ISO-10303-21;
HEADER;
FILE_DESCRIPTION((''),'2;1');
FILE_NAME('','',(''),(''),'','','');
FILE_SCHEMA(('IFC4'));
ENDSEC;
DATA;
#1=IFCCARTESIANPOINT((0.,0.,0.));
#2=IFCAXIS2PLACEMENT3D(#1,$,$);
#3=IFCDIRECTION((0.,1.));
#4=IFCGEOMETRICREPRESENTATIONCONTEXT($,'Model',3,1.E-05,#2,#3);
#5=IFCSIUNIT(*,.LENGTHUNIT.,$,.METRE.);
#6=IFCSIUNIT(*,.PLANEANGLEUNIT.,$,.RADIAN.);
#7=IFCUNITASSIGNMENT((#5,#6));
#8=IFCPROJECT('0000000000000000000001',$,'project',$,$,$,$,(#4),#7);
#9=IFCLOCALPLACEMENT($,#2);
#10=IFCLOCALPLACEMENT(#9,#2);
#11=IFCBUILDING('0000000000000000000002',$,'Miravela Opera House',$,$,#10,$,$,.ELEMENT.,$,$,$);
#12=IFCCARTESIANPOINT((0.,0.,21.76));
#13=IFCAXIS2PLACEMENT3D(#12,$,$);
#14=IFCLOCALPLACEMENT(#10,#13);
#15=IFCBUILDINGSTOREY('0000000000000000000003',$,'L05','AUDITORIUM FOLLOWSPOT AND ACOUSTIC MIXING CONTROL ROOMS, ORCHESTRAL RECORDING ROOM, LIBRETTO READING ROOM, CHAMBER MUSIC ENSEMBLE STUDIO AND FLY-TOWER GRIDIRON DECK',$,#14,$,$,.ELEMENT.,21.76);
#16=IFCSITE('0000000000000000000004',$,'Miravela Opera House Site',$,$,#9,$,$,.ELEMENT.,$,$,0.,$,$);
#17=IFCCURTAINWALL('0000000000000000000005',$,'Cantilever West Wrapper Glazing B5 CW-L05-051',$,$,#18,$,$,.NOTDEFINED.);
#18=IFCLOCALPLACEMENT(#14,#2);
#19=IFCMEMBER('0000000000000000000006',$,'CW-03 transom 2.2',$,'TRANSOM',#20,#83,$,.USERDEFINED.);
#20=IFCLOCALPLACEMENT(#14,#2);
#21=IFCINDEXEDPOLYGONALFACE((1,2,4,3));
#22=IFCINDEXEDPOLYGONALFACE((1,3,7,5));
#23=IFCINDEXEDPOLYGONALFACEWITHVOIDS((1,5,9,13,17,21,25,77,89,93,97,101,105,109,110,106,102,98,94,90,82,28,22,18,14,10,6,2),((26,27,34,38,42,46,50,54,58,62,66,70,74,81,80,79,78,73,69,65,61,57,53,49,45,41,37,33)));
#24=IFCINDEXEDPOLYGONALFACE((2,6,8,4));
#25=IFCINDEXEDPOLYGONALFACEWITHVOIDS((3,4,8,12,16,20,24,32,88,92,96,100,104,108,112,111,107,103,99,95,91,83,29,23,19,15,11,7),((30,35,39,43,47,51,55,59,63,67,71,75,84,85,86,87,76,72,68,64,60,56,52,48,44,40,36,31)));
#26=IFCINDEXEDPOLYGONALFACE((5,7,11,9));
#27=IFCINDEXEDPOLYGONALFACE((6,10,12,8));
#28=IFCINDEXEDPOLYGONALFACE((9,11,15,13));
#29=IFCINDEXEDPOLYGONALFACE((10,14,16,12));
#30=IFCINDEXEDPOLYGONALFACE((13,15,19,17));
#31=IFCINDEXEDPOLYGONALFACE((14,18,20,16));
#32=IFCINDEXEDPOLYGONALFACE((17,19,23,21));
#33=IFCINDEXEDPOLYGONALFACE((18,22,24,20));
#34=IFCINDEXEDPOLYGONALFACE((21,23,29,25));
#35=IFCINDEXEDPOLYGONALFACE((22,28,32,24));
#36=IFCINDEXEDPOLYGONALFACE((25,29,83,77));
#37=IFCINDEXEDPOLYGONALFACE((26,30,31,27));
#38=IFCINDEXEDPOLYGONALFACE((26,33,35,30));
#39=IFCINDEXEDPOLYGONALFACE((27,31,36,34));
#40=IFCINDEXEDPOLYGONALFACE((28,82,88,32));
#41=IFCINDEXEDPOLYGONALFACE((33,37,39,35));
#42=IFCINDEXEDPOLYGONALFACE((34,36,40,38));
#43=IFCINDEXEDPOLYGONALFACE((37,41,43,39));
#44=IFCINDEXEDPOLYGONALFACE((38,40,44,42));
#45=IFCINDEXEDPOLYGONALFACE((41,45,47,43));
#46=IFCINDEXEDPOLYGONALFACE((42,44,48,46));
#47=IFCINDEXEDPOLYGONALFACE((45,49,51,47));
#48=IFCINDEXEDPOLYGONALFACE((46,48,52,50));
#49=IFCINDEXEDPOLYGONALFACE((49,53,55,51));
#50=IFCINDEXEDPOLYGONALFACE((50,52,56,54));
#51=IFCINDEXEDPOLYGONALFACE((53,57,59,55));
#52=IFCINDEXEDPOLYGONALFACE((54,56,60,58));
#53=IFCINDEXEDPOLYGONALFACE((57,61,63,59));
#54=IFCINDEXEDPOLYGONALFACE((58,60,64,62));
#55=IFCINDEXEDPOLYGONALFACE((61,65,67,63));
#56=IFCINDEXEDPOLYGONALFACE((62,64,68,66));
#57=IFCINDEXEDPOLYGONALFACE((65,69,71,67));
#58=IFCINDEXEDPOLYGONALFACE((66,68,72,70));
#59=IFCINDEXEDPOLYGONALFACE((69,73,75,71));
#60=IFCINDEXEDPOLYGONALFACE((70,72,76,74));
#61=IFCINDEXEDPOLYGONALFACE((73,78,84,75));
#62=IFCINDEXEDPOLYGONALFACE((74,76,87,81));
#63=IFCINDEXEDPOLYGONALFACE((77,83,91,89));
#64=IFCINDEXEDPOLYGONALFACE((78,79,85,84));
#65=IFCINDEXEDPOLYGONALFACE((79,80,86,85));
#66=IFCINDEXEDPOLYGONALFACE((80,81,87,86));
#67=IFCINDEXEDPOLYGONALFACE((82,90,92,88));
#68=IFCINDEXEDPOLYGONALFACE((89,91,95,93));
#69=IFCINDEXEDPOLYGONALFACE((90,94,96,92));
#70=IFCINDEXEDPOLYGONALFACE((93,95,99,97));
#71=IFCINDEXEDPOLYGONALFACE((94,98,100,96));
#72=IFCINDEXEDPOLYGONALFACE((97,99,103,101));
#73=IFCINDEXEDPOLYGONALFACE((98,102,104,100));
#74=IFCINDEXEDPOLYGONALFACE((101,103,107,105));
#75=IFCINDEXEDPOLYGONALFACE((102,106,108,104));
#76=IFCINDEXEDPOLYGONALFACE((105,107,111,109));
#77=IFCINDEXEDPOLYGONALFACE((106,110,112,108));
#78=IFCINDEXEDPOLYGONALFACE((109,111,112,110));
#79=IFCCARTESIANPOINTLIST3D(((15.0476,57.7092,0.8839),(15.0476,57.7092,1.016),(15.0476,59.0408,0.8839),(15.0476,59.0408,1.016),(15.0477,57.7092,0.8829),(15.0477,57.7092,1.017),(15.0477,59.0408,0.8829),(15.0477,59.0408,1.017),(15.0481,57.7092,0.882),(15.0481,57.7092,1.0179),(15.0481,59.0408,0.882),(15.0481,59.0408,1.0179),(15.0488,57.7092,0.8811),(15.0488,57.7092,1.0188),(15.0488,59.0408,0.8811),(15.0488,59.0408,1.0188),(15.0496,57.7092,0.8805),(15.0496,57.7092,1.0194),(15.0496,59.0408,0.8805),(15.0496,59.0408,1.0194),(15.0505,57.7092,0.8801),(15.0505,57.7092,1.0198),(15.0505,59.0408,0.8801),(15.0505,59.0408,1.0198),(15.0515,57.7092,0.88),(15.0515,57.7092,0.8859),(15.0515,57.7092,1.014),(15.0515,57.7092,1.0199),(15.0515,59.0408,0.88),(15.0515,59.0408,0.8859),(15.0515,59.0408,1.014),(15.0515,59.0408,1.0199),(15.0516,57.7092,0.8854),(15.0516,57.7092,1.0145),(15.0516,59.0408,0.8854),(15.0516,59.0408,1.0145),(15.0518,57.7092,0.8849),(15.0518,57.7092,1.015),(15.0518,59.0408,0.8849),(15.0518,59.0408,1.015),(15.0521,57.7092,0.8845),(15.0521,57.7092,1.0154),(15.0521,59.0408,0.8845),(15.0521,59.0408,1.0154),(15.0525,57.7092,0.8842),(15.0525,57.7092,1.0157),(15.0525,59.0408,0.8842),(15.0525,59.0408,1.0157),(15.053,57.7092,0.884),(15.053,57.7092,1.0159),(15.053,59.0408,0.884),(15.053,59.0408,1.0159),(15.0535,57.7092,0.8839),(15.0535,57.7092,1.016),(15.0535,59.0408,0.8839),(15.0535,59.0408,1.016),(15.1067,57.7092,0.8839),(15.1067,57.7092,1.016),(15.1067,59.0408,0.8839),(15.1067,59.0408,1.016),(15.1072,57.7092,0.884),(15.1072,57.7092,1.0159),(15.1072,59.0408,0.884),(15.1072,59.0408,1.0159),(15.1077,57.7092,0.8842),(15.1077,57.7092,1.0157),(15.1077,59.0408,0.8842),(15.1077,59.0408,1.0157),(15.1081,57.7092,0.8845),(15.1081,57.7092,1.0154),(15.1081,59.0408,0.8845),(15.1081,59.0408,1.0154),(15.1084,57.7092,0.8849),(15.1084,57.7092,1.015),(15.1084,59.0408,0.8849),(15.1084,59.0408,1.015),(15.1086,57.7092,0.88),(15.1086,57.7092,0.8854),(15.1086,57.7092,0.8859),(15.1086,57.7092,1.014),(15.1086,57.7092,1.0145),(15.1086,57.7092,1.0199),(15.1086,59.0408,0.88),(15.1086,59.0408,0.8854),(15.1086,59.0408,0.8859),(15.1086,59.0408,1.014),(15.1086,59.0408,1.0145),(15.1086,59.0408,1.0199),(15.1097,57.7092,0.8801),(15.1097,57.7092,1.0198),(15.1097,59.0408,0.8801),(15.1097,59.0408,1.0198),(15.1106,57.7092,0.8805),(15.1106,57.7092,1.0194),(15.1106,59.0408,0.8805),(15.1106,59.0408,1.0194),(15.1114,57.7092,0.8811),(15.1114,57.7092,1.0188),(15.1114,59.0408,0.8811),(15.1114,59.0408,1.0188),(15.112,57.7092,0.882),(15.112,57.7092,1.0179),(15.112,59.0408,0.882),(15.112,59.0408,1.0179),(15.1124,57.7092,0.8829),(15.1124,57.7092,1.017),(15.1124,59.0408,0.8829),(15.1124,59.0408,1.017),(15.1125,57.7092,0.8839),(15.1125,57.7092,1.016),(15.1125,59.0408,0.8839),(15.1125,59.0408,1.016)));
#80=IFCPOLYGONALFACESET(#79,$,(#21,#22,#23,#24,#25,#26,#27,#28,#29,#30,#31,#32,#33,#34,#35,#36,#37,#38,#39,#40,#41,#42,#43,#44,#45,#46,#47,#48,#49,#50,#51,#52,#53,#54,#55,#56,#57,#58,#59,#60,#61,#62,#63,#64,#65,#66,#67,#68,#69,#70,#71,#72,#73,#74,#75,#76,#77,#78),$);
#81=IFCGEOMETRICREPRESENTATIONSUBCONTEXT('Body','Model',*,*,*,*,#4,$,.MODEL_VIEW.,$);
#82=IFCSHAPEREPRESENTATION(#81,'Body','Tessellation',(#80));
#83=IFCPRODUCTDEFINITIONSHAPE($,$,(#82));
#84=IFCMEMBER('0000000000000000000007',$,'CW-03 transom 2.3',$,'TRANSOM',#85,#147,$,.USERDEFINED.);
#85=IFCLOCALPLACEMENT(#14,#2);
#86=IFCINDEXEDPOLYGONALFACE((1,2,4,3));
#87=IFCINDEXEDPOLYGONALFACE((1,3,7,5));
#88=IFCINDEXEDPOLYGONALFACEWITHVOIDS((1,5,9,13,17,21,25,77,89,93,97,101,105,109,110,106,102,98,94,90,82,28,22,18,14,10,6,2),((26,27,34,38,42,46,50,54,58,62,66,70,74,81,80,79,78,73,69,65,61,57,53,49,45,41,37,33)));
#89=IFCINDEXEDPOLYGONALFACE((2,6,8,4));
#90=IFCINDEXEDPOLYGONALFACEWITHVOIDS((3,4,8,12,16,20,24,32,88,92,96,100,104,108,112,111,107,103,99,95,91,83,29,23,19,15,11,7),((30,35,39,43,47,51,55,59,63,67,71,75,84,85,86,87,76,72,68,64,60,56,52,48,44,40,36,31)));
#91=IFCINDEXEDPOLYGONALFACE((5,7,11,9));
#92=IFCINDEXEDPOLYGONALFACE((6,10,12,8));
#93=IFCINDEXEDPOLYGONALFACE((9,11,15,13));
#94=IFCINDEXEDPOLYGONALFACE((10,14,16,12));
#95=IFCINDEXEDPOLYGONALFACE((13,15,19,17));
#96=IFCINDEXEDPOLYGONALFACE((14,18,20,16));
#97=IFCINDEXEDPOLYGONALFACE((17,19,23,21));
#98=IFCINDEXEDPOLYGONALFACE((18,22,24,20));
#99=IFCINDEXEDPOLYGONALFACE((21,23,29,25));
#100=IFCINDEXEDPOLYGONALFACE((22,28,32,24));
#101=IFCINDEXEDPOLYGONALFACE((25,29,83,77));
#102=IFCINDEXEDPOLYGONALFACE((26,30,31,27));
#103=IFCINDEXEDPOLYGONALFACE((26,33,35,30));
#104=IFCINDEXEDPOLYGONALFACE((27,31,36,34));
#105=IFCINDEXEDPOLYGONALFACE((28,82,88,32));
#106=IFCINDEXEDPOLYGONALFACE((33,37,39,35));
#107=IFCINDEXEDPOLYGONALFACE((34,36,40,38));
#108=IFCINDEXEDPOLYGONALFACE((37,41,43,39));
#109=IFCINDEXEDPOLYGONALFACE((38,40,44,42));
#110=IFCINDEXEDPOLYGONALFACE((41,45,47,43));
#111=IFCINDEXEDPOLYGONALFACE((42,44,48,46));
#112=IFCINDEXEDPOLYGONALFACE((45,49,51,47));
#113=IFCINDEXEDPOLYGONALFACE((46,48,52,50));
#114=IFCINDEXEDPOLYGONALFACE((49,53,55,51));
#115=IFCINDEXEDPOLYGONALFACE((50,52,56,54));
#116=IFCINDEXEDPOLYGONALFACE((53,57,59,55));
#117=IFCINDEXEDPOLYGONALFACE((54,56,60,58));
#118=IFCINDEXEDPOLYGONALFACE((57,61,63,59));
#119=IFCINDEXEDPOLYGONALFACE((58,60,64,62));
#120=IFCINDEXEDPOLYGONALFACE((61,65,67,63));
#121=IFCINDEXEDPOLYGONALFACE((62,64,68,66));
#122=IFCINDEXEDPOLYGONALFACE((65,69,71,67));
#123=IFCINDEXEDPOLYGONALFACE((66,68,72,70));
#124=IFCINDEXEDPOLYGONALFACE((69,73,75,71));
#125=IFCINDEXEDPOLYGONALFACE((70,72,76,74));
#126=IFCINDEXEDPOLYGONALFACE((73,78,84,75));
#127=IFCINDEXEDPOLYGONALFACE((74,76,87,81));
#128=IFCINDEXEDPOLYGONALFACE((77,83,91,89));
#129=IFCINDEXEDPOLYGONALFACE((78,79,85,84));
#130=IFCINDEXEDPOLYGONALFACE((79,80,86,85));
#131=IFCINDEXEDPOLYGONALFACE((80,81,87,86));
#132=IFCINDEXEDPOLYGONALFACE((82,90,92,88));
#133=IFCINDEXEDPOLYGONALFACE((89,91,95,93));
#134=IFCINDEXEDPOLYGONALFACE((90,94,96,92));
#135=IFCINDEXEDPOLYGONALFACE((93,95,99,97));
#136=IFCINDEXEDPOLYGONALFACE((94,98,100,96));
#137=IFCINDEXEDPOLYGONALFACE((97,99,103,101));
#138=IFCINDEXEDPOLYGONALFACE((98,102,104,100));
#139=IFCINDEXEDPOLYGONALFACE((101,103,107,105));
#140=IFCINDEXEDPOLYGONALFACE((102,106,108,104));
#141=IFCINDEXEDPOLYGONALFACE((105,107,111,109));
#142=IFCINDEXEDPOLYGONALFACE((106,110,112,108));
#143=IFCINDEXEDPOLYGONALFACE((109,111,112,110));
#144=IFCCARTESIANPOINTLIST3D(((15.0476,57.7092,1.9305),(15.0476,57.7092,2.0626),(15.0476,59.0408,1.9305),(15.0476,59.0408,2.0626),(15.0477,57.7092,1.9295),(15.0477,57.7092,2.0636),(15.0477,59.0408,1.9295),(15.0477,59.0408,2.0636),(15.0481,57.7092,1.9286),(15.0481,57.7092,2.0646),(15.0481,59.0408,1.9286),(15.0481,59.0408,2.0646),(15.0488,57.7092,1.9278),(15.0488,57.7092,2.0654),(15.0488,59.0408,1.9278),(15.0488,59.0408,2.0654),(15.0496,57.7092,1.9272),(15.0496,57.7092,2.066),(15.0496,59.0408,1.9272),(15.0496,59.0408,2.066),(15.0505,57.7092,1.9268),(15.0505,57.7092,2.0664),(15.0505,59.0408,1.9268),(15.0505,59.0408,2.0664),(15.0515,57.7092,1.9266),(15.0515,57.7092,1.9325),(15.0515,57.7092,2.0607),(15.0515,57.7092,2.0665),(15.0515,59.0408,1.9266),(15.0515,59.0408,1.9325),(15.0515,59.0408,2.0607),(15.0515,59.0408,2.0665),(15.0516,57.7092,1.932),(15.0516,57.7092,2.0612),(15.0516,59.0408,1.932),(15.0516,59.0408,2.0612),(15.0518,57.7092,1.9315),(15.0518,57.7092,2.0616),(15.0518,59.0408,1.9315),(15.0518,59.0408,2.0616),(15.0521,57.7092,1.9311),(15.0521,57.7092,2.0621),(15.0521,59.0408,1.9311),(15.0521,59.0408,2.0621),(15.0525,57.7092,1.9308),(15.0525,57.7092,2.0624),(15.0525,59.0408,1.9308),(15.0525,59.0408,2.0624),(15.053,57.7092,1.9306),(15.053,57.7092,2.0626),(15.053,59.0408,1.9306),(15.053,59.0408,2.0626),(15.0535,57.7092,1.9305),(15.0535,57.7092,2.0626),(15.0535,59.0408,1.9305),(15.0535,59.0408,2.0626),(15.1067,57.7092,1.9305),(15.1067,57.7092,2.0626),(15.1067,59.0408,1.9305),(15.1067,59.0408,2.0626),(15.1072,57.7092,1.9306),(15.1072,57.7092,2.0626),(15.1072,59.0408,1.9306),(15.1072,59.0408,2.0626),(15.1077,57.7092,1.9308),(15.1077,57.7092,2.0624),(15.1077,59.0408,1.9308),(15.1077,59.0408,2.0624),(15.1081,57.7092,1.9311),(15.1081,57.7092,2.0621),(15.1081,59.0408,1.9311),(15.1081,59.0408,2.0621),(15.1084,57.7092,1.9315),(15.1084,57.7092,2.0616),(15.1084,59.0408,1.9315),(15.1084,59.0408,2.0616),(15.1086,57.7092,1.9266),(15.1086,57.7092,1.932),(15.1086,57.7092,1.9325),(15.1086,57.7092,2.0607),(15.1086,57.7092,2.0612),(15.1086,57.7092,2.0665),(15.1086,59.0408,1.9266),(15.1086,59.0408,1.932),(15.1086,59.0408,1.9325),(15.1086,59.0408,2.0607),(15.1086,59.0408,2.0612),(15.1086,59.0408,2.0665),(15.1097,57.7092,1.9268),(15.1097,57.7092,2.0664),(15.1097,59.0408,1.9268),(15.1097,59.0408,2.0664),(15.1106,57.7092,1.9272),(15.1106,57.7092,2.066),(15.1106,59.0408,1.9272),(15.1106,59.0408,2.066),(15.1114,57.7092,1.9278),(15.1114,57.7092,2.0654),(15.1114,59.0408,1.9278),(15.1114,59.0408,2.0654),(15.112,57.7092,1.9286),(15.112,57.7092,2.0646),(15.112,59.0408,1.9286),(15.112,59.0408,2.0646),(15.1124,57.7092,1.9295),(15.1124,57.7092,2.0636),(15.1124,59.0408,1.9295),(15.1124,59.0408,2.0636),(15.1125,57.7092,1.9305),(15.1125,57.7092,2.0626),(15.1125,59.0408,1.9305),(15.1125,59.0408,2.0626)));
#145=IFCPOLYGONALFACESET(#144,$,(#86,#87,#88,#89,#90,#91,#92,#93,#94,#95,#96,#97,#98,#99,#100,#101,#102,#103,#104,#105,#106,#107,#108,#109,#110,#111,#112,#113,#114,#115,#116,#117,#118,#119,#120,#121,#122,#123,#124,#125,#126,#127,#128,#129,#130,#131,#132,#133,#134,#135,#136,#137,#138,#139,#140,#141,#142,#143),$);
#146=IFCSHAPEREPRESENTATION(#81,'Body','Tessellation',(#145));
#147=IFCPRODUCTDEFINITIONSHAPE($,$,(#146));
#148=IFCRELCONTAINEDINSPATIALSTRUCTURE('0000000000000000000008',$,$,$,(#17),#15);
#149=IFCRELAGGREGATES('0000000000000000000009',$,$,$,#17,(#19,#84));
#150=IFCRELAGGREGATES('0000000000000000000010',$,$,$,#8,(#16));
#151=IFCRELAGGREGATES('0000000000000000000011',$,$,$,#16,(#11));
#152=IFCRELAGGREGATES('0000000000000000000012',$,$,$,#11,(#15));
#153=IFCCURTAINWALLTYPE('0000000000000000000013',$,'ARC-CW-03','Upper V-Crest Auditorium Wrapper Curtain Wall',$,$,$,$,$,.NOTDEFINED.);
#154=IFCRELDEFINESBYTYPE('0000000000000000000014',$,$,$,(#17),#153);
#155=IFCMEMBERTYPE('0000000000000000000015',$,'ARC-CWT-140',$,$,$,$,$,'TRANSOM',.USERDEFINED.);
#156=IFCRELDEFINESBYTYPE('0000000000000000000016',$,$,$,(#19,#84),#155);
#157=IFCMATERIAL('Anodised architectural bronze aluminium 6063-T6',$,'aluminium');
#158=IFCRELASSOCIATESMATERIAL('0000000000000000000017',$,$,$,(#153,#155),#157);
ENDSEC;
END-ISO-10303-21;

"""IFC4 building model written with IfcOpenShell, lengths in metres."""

from ifc_helpers import new_model, si_unit, direction, frame, origin, origin_2d, place, context, subcontext, project, spatial, hollow_rectangle, extrude, material, material_profile, profile_set, type_object, element, aggregate, save


model = new_model("IFC4")

# Units and contexts
model_context = context("Model", 3, precision=1e-05, world=origin(), true_north=direction((0.0, 1.0)))
body_context = subcontext(model_context, "Body", "Model", "MODEL_VIEW")
ifc_project = project(units=[si_unit("LENGTHUNIT", "METRE"), si_unit("PLANEANGLEUNIT", "RADIAN")], contexts=[model_context])

# Site, building, storey
site_placement = place(None, origin())
site = spatial("IfcSite", under=ifc_project, at=site_placement, Name="Miravela Opera House Site", CompositionType="ELEMENT", RefElevation=0.0)
building_placement = place(site_placement, origin())
building = spatial("IfcBuilding", under=site, at=building_placement, Name="Miravela Opera House", CompositionType="ELEMENT")
storey_placement = place(building_placement, frame((0.0, 0.0, 21.76)))
storey = spatial("IfcBuildingStorey", under=building, at=storey_placement, Name="L05", Description="AUDITORIUM FOLLOWSPOT AND ACOUSTIC MIXING CONTROL ROOMS, ORCHESTRAL RECORDING ROOM, LIBRETTO READING ROOM, CHAMBER MUSIC ENSEMBLE STUDIO AND FLY-TOWER GRIDIRON DECK", CompositionType="ELEMENT", Elevation=21.76)

# Curtain wall, members
ifc_material_1 = material(Name="Anodised architectural bronze aluminium 6063-T6", Category="aluminium")
curtain_wall_type = type_object("IfcCurtainWallType", Name="ARC-CW-03", Description="Upper V-Crest Auditorium Wrapper Curtain Wall", PredefinedType="NOTDEFINED", material=ifc_material_1)
curtain_wall_1_placement = place(storey_placement, origin())
curtain_wall_1 = element("IfcCurtainWall", 1, at=curtain_wall_1_placement, inside=storey, type_object=curtain_wall_type, Name="Cantilever West Wrapper Glazing B5 CW-L05-051", PredefinedType="NOTDEFINED")
ifc_material_profile_1 = material_profile(ifc_material_1, hollow_rectangle(XDim=0.0649, YDim=0.1399, WallThickness=0.0039, InnerFilletRadius=0.002, OuterFilletRadius=0.0039, at=origin_2d()), Name="CWT-65X140")
ifc_profile_set_1 = profile_set([ifc_material_profile_1])
member_type_1 = type_object("IfcMemberType", Name="ARC-CWT-140", ElementType="TRANSOM", PredefinedType="USERDEFINED", material=ifc_profile_set_1)
member_1_placement = place(storey_placement, frame((15.0801, 57.7092, 0.95), z_axis=(0.0, 1.0, 0.0), x_axis=(-1.0, 0.0, 0.0)))
member_1 = element("IfcMember", 2, at=member_1_placement, type_object=member_type_1, Name="CW-03 transom 2.2", ObjectType="TRANSOM", PredefinedType="USERDEFINED", context=body_context, shape_type="SweptSolid", body=[
    extrude(hollow_rectangle(XDim=0.0649, YDim=0.1399, WallThickness=0.0039, InnerFilletRadius=0.002, OuterFilletRadius=0.0039, at=origin_2d()), origin(), (0.0, 0.0, 1.0), 1.3315),
])
member_2_placement = place(storey_placement, frame((15.0801, 57.7092, 1.9966), z_axis=(0.0, 1.0, 0.0), x_axis=(-1.0, 0.0, 0.0)))
member_2 = element("IfcMember", 3, at=member_2_placement, type_object=member_type_1, Name="CW-03 transom 2.3", ObjectType="TRANSOM", PredefinedType="USERDEFINED", context=body_context, shape_type="SweptSolid", body=[
    extrude(hollow_rectangle(XDim=0.0649, YDim=0.1399, WallThickness=0.0039, InnerFilletRadius=0.002, OuterFilletRadius=0.0039, at=origin_2d()), origin(), (0.0, 0.0, 1.0), 1.3315),
])

aggregate(curtain_wall_1, [member_1, member_2])

save(model, "model.ifc")
